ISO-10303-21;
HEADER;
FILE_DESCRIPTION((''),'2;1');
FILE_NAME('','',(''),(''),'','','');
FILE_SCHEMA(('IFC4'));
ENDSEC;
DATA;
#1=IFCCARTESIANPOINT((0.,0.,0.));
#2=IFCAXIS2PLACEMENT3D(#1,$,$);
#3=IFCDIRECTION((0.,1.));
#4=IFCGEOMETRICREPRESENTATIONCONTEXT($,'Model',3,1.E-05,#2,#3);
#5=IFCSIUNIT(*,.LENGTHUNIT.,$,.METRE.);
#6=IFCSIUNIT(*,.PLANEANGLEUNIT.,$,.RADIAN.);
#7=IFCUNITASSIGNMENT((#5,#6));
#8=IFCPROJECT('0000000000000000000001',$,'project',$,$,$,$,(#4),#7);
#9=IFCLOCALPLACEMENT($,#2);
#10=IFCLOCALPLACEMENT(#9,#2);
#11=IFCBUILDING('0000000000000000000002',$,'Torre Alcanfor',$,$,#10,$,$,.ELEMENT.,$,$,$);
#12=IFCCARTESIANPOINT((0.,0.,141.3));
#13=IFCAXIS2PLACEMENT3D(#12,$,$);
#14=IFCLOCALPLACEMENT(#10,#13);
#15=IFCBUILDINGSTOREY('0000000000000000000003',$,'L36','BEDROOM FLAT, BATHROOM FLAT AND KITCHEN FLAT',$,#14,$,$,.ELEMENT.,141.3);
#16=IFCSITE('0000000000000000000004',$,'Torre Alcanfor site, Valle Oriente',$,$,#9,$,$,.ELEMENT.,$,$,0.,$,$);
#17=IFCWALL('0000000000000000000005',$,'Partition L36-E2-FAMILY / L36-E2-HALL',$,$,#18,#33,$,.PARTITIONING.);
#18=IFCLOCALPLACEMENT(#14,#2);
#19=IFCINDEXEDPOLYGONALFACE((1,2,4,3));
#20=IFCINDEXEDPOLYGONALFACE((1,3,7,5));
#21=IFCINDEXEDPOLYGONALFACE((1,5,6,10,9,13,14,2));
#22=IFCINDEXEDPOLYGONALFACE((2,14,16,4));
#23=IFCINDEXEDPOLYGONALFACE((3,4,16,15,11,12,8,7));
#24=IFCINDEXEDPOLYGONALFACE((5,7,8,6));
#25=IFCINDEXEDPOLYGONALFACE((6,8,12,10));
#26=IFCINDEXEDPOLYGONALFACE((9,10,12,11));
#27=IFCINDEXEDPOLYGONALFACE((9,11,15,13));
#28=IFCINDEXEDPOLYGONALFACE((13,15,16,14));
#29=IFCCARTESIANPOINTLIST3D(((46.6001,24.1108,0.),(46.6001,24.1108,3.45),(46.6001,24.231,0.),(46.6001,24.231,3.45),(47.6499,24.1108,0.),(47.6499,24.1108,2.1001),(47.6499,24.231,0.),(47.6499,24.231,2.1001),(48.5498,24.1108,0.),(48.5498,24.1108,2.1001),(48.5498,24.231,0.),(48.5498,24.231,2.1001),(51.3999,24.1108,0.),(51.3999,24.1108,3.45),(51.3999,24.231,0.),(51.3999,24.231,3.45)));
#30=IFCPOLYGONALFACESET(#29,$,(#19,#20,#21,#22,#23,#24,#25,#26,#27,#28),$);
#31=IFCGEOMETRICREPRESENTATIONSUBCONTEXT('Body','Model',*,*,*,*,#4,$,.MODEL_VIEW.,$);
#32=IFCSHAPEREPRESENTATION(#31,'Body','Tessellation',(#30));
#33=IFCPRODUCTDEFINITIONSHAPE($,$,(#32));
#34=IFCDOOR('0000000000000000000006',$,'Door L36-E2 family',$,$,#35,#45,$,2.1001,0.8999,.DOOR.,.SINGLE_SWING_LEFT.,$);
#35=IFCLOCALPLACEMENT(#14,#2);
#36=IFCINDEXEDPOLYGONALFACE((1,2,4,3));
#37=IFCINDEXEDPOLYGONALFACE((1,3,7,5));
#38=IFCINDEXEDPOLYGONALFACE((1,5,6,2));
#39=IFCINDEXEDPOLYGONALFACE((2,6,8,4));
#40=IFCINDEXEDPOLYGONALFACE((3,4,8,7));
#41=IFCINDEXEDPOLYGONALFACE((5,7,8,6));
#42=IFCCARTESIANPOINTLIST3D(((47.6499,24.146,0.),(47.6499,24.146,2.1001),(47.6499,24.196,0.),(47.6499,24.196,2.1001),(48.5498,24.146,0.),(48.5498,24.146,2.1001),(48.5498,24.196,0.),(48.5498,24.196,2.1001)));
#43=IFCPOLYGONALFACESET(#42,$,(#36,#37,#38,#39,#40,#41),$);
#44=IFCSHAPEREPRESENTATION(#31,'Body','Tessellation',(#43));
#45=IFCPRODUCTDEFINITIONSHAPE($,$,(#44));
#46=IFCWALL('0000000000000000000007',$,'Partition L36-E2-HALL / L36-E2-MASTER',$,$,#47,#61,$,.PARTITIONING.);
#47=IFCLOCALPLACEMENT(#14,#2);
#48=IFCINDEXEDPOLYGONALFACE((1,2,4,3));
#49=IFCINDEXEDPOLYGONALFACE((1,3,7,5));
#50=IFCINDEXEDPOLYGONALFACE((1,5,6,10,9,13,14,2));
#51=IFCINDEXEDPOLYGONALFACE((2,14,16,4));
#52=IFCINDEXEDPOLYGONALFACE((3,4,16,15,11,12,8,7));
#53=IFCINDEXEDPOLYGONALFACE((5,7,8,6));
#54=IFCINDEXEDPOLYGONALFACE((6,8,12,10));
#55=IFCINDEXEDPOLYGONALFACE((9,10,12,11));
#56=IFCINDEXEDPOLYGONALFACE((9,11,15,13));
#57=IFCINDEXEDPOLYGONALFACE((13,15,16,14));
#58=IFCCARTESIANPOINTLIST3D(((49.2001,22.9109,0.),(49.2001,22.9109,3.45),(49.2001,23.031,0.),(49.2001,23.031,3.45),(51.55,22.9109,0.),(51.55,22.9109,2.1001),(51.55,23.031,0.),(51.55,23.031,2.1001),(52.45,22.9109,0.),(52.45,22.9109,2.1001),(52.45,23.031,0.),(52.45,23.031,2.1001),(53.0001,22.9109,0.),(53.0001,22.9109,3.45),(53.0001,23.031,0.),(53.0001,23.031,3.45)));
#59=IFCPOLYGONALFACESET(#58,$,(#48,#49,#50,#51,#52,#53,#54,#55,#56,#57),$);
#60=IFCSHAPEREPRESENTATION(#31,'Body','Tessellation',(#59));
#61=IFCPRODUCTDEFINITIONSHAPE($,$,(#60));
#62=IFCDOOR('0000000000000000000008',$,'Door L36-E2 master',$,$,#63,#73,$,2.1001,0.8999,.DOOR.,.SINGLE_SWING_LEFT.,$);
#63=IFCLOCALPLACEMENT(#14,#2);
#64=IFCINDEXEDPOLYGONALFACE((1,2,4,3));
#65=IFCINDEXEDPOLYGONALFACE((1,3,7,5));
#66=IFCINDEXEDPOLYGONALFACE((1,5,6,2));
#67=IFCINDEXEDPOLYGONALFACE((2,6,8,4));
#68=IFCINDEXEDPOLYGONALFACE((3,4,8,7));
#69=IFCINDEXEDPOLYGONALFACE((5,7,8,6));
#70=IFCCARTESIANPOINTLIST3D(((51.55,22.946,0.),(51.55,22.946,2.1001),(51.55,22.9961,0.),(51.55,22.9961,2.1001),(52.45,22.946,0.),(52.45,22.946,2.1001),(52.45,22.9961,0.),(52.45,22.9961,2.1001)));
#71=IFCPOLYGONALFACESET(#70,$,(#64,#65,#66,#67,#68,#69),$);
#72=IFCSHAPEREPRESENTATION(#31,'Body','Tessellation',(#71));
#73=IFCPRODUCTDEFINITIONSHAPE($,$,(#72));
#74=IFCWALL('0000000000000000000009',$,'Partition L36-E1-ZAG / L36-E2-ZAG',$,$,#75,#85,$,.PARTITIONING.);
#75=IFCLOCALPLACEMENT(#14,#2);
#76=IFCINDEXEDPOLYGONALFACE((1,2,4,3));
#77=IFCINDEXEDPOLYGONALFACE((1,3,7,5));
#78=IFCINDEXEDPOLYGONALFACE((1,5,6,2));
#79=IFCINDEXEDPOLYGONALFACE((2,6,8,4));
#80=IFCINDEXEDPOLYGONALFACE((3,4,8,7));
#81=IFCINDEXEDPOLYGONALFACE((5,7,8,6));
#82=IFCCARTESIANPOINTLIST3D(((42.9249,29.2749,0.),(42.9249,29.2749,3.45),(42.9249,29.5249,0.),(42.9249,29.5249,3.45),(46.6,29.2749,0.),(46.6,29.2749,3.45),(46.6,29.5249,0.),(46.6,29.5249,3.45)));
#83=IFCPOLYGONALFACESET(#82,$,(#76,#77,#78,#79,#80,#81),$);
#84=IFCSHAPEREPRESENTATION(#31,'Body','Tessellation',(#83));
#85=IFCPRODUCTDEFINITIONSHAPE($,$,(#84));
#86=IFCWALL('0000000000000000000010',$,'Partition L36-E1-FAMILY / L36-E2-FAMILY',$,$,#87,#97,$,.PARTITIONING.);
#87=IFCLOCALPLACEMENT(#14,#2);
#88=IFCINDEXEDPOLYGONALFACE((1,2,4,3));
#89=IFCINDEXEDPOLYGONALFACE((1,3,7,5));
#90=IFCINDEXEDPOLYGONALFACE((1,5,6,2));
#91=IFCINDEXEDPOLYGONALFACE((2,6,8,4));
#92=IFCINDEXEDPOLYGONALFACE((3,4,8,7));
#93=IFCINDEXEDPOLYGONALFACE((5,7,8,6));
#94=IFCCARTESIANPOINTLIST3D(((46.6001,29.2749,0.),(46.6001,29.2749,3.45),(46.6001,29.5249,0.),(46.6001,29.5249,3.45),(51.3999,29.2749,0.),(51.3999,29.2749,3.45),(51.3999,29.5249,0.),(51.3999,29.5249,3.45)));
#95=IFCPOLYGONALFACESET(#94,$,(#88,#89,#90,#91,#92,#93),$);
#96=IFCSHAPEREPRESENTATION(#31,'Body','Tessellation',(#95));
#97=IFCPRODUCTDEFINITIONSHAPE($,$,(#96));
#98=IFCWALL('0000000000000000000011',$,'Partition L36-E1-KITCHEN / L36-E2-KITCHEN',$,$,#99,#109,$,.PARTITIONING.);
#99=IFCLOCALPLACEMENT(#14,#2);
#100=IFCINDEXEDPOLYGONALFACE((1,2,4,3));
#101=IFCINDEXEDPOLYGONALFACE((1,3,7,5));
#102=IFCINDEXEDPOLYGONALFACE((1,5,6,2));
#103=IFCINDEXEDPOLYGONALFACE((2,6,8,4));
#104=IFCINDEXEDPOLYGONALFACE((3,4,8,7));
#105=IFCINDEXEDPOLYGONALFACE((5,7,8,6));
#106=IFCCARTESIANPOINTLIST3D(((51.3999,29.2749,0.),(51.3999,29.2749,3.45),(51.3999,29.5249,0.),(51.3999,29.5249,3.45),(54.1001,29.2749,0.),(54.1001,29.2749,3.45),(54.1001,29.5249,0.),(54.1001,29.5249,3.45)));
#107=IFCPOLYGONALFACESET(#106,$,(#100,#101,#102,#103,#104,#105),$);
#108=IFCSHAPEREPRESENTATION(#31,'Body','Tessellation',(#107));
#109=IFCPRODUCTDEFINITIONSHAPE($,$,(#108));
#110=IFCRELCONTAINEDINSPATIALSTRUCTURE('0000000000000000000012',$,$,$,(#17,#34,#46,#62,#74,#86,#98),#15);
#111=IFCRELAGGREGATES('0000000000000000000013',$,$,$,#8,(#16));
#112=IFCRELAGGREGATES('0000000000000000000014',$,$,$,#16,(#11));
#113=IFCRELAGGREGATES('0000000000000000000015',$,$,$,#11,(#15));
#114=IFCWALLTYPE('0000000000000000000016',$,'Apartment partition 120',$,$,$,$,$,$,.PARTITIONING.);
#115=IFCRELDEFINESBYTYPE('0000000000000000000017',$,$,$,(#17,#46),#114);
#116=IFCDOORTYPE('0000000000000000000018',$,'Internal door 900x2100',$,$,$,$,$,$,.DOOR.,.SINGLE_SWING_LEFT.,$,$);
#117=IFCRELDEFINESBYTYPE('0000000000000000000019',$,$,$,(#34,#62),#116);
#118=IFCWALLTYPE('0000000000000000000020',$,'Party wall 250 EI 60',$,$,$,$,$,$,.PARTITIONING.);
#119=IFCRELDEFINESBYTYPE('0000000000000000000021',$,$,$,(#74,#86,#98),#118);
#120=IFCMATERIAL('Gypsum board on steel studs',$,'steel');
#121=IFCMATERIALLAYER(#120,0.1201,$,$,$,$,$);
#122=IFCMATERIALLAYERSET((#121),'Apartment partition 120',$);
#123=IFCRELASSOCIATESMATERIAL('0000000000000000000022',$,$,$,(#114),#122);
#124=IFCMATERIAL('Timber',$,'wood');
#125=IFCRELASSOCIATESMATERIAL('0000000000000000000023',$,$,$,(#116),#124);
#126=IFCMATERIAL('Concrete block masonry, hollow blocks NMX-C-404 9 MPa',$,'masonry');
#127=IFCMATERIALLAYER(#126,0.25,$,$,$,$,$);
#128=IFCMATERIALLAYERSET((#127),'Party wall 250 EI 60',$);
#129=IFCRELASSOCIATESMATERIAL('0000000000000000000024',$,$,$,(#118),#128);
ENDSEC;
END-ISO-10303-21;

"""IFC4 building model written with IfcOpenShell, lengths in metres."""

from ifc_helpers import new_model, si_unit, direction, frame, frame_2d, origin, place, context, subcontext, project, spatial, rectangle, extrude, material, layer, layer_set, type_object, element, fill, save


model = new_model("IFC4")

# Units and contexts
model_context = context("Model", 3, precision=1e-05, world=origin(), true_north=direction((0.0, 1.0)))
body_context = subcontext(model_context, "Body", "Model", "MODEL_VIEW")
ifc_project = project(units=[si_unit("LENGTHUNIT", "METRE"), si_unit("PLANEANGLEUNIT", "RADIAN")], contexts=[model_context])

# Site, building, storey
site_placement = place(None, origin())
site = spatial("IfcSite", under=ifc_project, at=site_placement, Name="Torre Alcanfor site, Valle Oriente", CompositionType="ELEMENT", RefElevation=0.0)
building_placement = place(site_placement, origin())
building = spatial("IfcBuilding", under=site, at=building_placement, Name="Torre Alcanfor", CompositionType="ELEMENT")
storey_placement = place(building_placement, frame((0.0, 0.0, 141.3)))
storey = spatial("IfcBuildingStorey", under=building, at=storey_placement, Name="L36", Description="BEDROOM FLAT, BATHROOM FLAT AND KITCHEN FLAT", CompositionType="ELEMENT", Elevation=141.3)

# Shared definitions
ifc_material_1 = material(Name="Gypsum board on steel studs", Category="steel")
ifc_layer_1 = layer(ifc_material_1, 0.1201)
ifc_layer_set_1 = layer_set([ifc_layer_1], Name="Apartment partition 120")
wall_type_1 = type_object("IfcWallType", Name="Apartment partition 120", PredefinedType="PARTITIONING", material=ifc_layer_set_1)

# Walls, openings, doors
wall_1_placement = place(storey_placement, frame((51.3999, 24.1709, 0.0), z_axis=(0.0, 0.0, 1.0), x_axis=(-1.0, 0.0, 0.0)))
wall_1 = element("IfcWall", 1, at=wall_1_placement, inside=storey, type_object=wall_type_1, Name="Partition L36-E2-FAMILY / L36-E2-HALL", PredefinedType="PARTITIONING", context=body_context, shape_type="SweptSolid", body=[
    extrude(rectangle(XDim=4.7998, YDim=0.1201, at=frame_2d((2.3999, 0.0))), origin(), (0.0, 0.0, 1.0), 3.45),
])
opening_1_placement = place(wall_1_placement, frame((2.8501, 0.0, 0.0)))
opening_1 = element("IfcOpeningElement", 2, at=opening_1_placement, cuts=wall_1, PredefinedType="OPENING", context=body_context, shape_type="SweptSolid", body=[
    extrude(rectangle(XDim=0.8999, YDim=2.1001, at=frame_2d((0.45, 1.05))), frame((0.0, 0.0701, 0.0), z_axis=(0.0, -1.0, 0.0), x_axis=(1.0, 0.0, 0.0)), (0.0, 0.0, 1.0), 0.1401),
])
ifc_material_2 = material(Name="Timber", Category="wood")
door_type_1 = type_object("IfcDoorType", Name="Internal door 900x2100", OperationType="SINGLE_SWING_LEFT", PredefinedType="DOOR", material=ifc_material_2)
door_1_placement = place(opening_1_placement, frame((0.8999, 0.0, 0.0), z_axis=(0.0, 0.0, 1.0), x_axis=(-1.0, 0.0, 0.0)))
door_1 = element("IfcDoor", 3, at=door_1_placement, inside=storey, type_object=door_type_1, Name="Door L36-E2 family", OperationType="SINGLE_SWING_LEFT", OverallHeight=2.1001, OverallWidth=0.8999, PredefinedType="DOOR", context=body_context, shape_type="SweptSolid", body=[
    extrude(rectangle(XDim=0.8999, YDim=2.1001, at=frame_2d((0.45, 1.05))), frame((0.0, 0.0251, 0.0), z_axis=(0.0, -1.0, 0.0), x_axis=(1.0, 0.0, 0.0)), (0.0, 0.0, 1.0), 0.05),
])
fill(opening_1, door_1)
wall_2_placement = place(storey_placement, frame((53.0, 22.9709, 0.0), z_axis=(0.0, 0.0, 1.0), x_axis=(-1.0, 0.0, 0.0)))
wall_2 = element("IfcWall", 4, at=wall_2_placement, inside=storey, type_object=wall_type_1, Name="Partition L36-E2-HALL / L36-E2-MASTER", PredefinedType="PARTITIONING", context=body_context, shape_type="SweptSolid", body=[
    extrude(rectangle(XDim=3.8, YDim=0.1201, at=frame_2d((1.8999, 0.0))), origin(), (0.0, 0.0, 1.0), 3.45),
])
opening_2_placement = place(wall_2_placement, frame((0.55, 0.0, 0.0)))
opening_2 = element("IfcOpeningElement", 5, at=opening_2_placement, cuts=wall_2, PredefinedType="OPENING", context=body_context, shape_type="SweptSolid", body=[
    extrude(rectangle(XDim=0.8999, YDim=2.1001, at=frame_2d((0.45, 1.05))), frame((0.0, 0.0701, 0.0), z_axis=(0.0, -1.0, 0.0), x_axis=(1.0, 0.0, 0.0)), (0.0, 0.0, 1.0), 0.1401),
])
door_2_placement = place(opening_2_placement, origin())
door_2 = element("IfcDoor", 6, at=door_2_placement, inside=storey, type_object=door_type_1, Name="Door L36-E2 master", OperationType="SINGLE_SWING_LEFT", OverallHeight=2.1001, OverallWidth=0.8999, PredefinedType="DOOR", context=body_context, shape_type="SweptSolid", body=[
    extrude(rectangle(XDim=0.8999, YDim=2.1001, at=frame_2d((0.45, 1.05))), frame((0.0, 0.0249, 0.0), z_axis=(0.0, -1.0, 0.0), x_axis=(1.0, 0.0, 0.0)), (0.0, 0.0, 1.0), 0.05),
])
fill(opening_2, door_2)

# Walls
ifc_material_3 = material(Name="Concrete block masonry, hollow blocks NMX-C-404 9 MPa", Category="masonry")
ifc_layer_2 = layer(ifc_material_3, 0.25)
ifc_layer_set_2 = layer_set([ifc_layer_2], Name="Party wall 250 EI 60")
wall_type_2 = type_object("IfcWallType", Name="Party wall 250 EI 60", PredefinedType="PARTITIONING", material=ifc_layer_set_2)
wall_3_placement = place(storey_placement, frame((42.925, 29.3999, 0.0), z_axis=(0.0, 0.0, 1.0), x_axis=(1.0, 0.0, 0.0)))
element("IfcWall", 7, at=wall_3_placement, inside=storey, type_object=wall_type_2, Name="Partition L36-E1-ZAG / L36-E2-ZAG", PredefinedType="PARTITIONING", context=body_context, shape_type="SweptSolid", body=[
    extrude(rectangle(XDim=3.675, YDim=0.25, at=frame_2d((1.8374, 0.0))), origin(), (0.0, 0.0, 1.0), 3.45),
])
wall_4_placement = place(storey_placement, frame((46.6001, 29.3999, 0.0), z_axis=(0.0, 0.0, 1.0), x_axis=(1.0, 0.0, 0.0)))
element("IfcWall", 8, at=wall_4_placement, inside=storey, type_object=wall_type_2, Name="Partition L36-E1-FAMILY / L36-E2-FAMILY", PredefinedType="PARTITIONING", context=body_context, shape_type="SweptSolid", body=[
    extrude(rectangle(XDim=4.7998, YDim=0.25, at=frame_2d((2.3999, 0.0))), origin(), (0.0, 0.0, 1.0), 3.45),
])
wall_5_placement = place(storey_placement, frame((51.3999, 29.3999, 0.0), z_axis=(0.0, 0.0, 1.0), x_axis=(1.0, 0.0, 0.0)))
element("IfcWall", 9, at=wall_5_placement, inside=storey, type_object=wall_type_2, Name="Partition L36-E1-KITCHEN / L36-E2-KITCHEN", PredefinedType="PARTITIONING", context=body_context, shape_type="SweptSolid", body=[
    extrude(rectangle(XDim=2.7002, YDim=0.25, at=frame_2d((1.3501, 0.0))), origin(), (0.0, 0.0, 1.0), 3.45),
])

save(model, "model.ifc")
